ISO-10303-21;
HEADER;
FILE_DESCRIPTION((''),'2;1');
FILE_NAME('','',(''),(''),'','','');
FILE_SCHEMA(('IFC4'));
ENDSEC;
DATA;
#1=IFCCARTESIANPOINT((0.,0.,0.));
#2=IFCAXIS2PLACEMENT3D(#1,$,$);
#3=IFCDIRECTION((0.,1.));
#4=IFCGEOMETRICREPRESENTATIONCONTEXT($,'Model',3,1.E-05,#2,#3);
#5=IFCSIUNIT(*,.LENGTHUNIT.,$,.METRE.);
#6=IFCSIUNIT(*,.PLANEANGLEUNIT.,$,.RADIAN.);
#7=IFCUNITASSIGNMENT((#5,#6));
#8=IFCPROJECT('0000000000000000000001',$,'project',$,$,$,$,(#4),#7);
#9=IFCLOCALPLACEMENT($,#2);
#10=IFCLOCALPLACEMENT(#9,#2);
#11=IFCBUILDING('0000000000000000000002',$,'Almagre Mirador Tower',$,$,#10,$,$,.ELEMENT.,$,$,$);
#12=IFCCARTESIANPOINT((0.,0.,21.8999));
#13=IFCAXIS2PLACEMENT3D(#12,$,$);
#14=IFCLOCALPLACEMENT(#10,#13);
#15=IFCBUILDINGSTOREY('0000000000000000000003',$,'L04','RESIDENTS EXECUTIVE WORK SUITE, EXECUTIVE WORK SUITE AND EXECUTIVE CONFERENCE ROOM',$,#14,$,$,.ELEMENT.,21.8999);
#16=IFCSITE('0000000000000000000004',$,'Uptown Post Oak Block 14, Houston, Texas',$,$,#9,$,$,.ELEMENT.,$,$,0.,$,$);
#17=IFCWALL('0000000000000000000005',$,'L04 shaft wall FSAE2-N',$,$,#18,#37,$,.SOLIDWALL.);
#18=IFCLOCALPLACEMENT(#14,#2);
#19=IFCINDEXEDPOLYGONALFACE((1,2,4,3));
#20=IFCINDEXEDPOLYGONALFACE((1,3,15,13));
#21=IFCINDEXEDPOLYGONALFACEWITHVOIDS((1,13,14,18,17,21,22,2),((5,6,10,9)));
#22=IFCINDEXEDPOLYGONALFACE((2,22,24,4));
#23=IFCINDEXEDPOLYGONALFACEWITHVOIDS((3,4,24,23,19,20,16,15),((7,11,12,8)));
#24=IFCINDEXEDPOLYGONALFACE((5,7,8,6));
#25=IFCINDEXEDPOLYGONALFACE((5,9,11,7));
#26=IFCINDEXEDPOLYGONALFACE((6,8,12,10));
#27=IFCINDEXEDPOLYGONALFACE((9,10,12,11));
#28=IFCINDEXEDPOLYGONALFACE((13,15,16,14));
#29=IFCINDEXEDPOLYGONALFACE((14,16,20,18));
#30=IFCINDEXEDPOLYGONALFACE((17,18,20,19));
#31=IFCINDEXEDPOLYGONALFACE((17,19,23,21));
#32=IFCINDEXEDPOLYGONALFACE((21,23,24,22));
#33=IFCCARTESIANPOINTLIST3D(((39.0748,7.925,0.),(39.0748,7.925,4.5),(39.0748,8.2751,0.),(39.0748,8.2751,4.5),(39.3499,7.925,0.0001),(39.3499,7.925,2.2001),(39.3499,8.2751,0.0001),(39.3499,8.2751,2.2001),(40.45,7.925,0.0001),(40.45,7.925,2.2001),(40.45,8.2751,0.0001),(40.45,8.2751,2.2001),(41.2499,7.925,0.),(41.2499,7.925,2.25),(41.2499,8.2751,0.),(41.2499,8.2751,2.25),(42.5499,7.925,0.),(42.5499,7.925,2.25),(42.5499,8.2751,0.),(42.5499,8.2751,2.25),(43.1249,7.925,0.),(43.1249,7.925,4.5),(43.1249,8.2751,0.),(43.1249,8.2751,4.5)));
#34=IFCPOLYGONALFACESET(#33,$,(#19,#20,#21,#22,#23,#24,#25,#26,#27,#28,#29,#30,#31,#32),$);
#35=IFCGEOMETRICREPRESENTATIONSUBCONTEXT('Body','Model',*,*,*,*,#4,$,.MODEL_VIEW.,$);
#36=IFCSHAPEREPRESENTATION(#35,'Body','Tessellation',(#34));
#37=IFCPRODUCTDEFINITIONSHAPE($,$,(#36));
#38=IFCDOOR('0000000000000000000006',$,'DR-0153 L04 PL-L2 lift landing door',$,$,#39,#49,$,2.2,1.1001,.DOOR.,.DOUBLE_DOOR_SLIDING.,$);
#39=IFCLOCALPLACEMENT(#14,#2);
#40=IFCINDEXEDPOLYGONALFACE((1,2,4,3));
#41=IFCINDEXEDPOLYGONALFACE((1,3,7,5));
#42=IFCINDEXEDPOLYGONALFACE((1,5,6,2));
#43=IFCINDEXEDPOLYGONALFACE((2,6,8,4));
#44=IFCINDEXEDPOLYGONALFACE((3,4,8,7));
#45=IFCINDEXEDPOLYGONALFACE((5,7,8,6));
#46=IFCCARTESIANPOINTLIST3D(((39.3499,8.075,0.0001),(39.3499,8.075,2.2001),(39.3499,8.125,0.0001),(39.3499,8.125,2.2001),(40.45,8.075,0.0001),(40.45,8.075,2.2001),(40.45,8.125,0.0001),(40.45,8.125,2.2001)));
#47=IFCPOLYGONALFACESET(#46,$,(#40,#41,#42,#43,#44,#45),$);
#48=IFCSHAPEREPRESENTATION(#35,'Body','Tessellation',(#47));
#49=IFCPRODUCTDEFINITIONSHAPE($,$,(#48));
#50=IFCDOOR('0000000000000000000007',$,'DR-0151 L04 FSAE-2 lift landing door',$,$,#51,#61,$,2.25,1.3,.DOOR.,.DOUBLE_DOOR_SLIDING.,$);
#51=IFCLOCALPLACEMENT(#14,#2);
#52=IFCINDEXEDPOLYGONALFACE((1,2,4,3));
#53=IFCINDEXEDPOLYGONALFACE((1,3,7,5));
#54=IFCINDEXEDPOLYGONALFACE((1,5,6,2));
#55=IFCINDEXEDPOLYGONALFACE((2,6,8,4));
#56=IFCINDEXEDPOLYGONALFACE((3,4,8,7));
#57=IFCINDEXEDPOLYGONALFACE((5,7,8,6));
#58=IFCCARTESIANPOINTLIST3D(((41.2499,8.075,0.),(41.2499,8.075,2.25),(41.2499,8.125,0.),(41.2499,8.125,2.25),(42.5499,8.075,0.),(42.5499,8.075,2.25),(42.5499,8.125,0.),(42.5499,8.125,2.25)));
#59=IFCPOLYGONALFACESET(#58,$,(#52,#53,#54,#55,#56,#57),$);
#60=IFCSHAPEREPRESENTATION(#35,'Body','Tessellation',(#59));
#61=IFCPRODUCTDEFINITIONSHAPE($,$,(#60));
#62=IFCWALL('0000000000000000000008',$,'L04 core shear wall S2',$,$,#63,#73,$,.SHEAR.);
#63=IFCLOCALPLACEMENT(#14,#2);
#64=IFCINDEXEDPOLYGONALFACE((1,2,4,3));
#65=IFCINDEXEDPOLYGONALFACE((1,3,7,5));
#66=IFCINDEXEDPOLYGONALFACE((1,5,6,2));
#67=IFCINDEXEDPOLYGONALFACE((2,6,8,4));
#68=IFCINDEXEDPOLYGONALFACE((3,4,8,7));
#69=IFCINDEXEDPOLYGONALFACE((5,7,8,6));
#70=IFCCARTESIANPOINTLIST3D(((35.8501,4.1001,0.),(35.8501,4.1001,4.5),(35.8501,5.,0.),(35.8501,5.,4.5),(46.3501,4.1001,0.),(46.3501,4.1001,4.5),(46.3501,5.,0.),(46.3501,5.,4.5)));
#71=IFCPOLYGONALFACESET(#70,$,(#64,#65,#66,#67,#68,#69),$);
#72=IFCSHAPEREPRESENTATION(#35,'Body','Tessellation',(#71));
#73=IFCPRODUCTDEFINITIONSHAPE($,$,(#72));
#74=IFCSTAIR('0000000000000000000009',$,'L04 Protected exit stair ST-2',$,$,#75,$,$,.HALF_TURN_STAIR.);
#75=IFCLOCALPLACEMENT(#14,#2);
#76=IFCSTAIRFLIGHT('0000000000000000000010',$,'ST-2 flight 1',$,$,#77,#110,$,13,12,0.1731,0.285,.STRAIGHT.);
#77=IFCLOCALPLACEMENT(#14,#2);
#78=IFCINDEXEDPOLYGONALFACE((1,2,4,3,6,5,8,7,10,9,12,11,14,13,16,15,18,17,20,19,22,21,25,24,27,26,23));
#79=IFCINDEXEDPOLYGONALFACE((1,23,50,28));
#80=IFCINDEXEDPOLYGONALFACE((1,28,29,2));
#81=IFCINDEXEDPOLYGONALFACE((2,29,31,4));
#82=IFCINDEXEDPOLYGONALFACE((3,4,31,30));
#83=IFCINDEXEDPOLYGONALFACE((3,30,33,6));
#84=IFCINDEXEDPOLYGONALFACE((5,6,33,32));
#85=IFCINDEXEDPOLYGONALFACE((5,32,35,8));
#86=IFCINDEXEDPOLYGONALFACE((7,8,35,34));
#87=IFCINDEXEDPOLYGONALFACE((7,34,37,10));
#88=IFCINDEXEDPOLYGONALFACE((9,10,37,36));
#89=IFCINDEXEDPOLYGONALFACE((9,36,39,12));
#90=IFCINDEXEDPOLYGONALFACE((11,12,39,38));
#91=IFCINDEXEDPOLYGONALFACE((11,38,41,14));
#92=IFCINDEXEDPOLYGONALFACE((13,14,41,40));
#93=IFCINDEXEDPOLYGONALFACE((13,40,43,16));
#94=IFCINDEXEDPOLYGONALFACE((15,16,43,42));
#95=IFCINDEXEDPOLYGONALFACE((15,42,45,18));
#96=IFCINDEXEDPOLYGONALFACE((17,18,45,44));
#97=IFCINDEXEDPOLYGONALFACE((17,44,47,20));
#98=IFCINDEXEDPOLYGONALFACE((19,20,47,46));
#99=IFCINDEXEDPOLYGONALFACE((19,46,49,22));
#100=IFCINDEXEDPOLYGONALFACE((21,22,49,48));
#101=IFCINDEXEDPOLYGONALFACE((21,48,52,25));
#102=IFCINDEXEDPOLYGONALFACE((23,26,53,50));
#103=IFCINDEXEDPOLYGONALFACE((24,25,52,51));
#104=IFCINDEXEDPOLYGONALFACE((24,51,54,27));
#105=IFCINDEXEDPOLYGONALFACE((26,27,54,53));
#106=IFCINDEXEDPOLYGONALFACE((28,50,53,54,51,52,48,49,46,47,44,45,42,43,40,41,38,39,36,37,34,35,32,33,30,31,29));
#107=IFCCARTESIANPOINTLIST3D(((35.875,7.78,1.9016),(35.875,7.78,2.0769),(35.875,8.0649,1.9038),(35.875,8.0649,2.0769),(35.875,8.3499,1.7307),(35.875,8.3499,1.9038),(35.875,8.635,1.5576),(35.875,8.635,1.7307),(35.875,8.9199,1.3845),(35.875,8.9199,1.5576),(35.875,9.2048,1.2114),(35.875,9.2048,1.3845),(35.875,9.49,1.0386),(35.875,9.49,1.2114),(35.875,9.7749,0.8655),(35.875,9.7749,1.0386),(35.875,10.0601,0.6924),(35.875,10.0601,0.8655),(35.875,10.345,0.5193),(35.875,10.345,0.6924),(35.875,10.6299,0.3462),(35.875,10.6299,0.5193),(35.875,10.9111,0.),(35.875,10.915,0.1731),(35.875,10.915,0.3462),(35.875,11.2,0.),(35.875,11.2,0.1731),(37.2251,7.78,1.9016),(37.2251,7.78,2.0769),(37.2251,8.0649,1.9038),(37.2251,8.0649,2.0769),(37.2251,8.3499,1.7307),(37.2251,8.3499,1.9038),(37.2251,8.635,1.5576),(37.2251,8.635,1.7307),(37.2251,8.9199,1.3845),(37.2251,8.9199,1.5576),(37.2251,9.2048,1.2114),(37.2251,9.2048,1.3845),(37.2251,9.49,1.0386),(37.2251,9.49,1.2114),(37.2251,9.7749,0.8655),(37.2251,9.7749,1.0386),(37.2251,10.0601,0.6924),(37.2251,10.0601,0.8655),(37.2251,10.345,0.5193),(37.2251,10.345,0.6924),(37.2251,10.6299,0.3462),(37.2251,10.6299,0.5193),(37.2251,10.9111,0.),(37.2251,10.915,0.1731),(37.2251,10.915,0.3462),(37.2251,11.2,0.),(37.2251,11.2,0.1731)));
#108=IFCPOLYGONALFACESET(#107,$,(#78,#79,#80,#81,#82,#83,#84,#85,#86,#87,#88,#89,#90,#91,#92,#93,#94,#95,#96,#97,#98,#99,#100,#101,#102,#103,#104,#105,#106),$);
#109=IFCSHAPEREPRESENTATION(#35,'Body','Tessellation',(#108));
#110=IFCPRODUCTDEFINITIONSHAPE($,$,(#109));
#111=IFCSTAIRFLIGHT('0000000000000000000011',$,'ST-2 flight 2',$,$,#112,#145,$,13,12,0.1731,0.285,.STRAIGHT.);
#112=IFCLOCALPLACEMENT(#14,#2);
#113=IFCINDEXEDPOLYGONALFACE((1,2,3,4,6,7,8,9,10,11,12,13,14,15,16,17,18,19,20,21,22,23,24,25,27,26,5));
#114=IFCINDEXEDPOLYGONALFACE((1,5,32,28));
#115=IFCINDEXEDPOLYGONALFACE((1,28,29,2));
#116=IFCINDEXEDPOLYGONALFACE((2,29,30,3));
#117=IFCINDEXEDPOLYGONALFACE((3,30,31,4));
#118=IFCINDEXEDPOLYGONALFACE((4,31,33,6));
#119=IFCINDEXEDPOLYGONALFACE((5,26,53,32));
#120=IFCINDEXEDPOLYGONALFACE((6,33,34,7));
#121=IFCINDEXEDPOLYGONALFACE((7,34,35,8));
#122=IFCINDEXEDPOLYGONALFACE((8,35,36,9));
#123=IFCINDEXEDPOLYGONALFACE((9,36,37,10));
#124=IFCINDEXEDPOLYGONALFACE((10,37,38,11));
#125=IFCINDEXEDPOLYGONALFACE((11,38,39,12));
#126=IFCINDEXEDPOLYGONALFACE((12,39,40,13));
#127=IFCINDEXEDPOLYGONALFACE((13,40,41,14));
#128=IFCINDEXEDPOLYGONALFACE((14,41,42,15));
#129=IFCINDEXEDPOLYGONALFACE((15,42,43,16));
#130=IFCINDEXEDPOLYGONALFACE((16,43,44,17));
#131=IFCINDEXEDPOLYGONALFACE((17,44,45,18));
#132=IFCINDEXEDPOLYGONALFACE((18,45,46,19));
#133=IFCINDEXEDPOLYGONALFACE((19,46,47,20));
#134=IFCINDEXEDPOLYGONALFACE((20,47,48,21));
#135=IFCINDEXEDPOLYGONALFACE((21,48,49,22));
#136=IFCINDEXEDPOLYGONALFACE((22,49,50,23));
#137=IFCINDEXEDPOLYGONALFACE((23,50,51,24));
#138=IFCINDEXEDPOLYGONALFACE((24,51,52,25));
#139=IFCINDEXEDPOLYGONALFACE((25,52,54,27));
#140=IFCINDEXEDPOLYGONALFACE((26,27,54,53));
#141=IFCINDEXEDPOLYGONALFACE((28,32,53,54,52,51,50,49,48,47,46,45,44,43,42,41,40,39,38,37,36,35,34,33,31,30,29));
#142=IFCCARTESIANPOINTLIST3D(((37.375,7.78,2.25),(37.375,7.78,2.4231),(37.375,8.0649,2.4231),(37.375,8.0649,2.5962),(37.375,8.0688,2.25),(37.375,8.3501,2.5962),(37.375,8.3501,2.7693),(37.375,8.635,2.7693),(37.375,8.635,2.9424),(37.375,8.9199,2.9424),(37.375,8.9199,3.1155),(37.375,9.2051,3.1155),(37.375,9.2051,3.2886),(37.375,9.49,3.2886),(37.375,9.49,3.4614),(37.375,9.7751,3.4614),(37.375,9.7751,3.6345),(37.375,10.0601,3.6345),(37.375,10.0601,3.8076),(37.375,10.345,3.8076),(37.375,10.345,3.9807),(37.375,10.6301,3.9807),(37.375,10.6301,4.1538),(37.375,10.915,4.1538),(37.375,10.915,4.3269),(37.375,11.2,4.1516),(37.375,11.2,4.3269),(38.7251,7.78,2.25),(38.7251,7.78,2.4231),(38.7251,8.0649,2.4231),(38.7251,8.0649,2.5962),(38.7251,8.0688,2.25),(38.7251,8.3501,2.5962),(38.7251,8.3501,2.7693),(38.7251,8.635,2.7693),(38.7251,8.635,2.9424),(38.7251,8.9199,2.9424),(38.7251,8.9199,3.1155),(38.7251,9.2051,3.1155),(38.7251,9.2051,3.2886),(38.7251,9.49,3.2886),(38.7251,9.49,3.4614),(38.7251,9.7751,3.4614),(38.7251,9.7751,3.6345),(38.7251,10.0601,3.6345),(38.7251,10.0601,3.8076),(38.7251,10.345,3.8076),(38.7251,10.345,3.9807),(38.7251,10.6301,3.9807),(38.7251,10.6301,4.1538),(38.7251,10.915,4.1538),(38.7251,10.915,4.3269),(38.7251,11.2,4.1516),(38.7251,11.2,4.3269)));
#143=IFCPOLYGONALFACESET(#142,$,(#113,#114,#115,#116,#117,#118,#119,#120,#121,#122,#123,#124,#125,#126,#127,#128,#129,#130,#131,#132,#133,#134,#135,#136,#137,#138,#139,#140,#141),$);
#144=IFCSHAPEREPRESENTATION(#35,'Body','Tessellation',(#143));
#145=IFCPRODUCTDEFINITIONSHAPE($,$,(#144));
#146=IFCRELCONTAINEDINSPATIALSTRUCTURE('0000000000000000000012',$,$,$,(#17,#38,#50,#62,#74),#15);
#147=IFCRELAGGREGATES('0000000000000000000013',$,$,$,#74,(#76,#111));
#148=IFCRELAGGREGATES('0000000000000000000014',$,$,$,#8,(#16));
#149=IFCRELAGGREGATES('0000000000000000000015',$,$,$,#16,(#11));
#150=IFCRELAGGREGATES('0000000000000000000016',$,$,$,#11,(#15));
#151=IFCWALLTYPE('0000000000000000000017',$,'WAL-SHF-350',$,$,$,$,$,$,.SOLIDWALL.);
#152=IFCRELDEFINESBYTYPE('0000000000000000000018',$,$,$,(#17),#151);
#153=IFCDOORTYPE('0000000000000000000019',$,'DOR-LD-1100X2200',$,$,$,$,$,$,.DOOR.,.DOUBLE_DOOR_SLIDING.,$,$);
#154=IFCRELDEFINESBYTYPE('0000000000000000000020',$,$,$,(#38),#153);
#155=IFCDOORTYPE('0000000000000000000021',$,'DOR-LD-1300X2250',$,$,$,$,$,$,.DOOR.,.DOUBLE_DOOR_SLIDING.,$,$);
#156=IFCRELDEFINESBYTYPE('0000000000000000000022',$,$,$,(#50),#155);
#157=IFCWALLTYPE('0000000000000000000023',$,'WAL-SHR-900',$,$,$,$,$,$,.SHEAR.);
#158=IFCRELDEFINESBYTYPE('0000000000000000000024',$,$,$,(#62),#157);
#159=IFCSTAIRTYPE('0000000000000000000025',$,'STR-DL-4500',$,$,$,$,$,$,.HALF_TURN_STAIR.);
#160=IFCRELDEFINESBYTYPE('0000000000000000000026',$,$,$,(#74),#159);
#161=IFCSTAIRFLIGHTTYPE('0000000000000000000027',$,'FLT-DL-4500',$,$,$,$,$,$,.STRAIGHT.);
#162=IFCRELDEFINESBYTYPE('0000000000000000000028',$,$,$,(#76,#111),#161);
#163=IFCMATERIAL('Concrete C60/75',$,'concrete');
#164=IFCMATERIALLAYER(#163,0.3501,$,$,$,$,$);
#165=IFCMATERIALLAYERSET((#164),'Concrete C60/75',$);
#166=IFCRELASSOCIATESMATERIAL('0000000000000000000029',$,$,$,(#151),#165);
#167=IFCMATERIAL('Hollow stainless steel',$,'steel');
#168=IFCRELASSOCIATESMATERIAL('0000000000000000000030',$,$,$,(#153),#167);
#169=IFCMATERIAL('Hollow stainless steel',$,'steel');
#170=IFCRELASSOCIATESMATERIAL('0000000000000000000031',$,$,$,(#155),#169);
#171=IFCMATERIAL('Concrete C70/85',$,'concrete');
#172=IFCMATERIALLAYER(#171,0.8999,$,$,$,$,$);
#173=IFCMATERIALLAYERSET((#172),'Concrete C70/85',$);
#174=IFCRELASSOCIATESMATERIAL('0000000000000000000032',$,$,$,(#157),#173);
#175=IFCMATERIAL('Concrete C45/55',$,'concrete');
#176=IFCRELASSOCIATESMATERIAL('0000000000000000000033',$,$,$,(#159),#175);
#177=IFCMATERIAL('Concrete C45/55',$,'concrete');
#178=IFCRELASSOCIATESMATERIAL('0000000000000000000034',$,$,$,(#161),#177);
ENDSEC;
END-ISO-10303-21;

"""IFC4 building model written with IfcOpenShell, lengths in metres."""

from ifc_helpers import new_model, si_unit, direction, frame, frame_2d, origin, place, context, subcontext, project, spatial, polyline, rectangle, outline, extrude, material, layer, layer_set, type_object, element, fill, aggregate, save


model = new_model("IFC4")

# Units and contexts
model_context = context("Model", 3, precision=1e-05, world=origin(), true_north=direction((0.0, 1.0)))
body_context = subcontext(model_context, "Body", "Model", "MODEL_VIEW")
ifc_project = project(units=[si_unit("LENGTHUNIT", "METRE"), si_unit("PLANEANGLEUNIT", "RADIAN")], contexts=[model_context])

# Site, building, storey
site_placement = place(None, origin())
site = spatial("IfcSite", under=ifc_project, at=site_placement, Name="Uptown Post Oak Block 14, Houston, Texas", CompositionType="ELEMENT", RefElevation=0.0)
building_placement = place(site_placement, origin())
building = spatial("IfcBuilding", under=site, at=building_placement, Name="Almagre Mirador Tower", CompositionType="ELEMENT")
storey_placement = place(building_placement, frame((0.0, 0.0, 21.8999)))
storey = spatial("IfcBuildingStorey", under=building, at=storey_placement, Name="L04", Description="RESIDENTS EXECUTIVE WORK SUITE, EXECUTIVE WORK SUITE AND EXECUTIVE CONFERENCE ROOM", CompositionType="ELEMENT", Elevation=21.8999)

# Shared definitions
ifc_material_1 = material(Name="Concrete C60/75", Category="concrete")
ifc_layer_1 = layer(ifc_material_1, 0.3501)
ifc_layer_set_1 = layer_set([ifc_layer_1], Name="Concrete C60/75")
wall_type_1 = type_object("IfcWallType", Name="WAL-SHF-350", PredefinedType="SOLIDWALL", material=ifc_layer_set_1)

# Wall, openings, doors
wall_1_placement = place(storey_placement, frame((39.075, 8.1001, 0.0), z_axis=(0.0, 0.0, 1.0), x_axis=(1.0, 0.0, 0.0)))
wall_1 = element("IfcWall", 1, at=wall_1_placement, inside=storey, type_object=wall_type_1, Name="L04 shaft wall FSAE2-N", PredefinedType="SOLIDWALL", context=body_context, shape_type="SweptSolid", body=[
    extrude(rectangle(XDim=4.05, YDim=0.3501, at=frame_2d((2.0249, 0.0))), origin(), (0.0, 0.0, 1.0), 4.5),
])
opening_1_placement = place(wall_1_placement, frame((2.175, 0.0, 0.0)))
opening_1 = element("IfcOpeningElement", 2, at=opening_1_placement, cuts=wall_1, PredefinedType="OPENING", context=body_context, shape_type="SweptSolid", body=[
    extrude(rectangle(XDim=1.3, YDim=2.25, at=frame_2d((0.6499, 1.125))), frame((0.0, 0.185, 0.0), z_axis=(0.0, -1.0, 0.0), x_axis=(1.0, 0.0, 0.0)), (0.0, 0.0, 1.0), 0.3701),
])
opening_2_placement = place(wall_1_placement, frame((0.2749, 0.0, 0.0)))
opening_2 = element("IfcOpeningElement", 3, at=opening_2_placement, cuts=wall_1, PredefinedType="OPENING", context=body_context, shape_type="SweptSolid", body=[
    extrude(rectangle(XDim=1.1001, YDim=2.2, at=frame_2d((0.55, 1.1001))), frame((0.0, 0.185, 0.0), z_axis=(0.0, -1.0, 0.0), x_axis=(1.0, 0.0, 0.0)), (0.0, 0.0, 1.0), 0.3701),
])
ifc_material_2 = material(Name="Hollow stainless steel", Category="steel")
door_type_1 = type_object("IfcDoorType", Name="DOR-LD-1100X2200", OperationType="DOUBLE_DOOR_SLIDING", PredefinedType="DOOR", material=ifc_material_2)
door_1_placement = place(opening_2_placement, origin())
door_1 = element("IfcDoor", 4, at=door_1_placement, inside=storey, type_object=door_type_1, Name="DR-0153 L04 PL-L2 lift landing door", OperationType="DOUBLE_DOOR_SLIDING", OverallHeight=2.2, OverallWidth=1.1001, PredefinedType="DOOR", context=body_context, shape_type="SweptSolid", body=[
    extrude(rectangle(XDim=1.1001, YDim=2.2, at=frame_2d((0.55, 1.1001))), frame((0.0, 0.0249, 0.0), z_axis=(0.0, -1.0, 0.0), x_axis=(1.0, 0.0, 0.0)), (0.0, 0.0, 1.0), 0.05),
])
fill(opening_2, door_1)
ifc_material_3 = material(Name="Hollow stainless steel", Category="steel")
door_type_2 = type_object("IfcDoorType", Name="DOR-LD-1300X2250", OperationType="DOUBLE_DOOR_SLIDING", PredefinedType="DOOR", material=ifc_material_3)
door_2_placement = place(opening_1_placement, origin())
door_2 = element("IfcDoor", 5, at=door_2_placement, inside=storey, type_object=door_type_2, Name="DR-0151 L04 FSAE-2 lift landing door", OperationType="DOUBLE_DOOR_SLIDING", OverallHeight=2.25, OverallWidth=1.3, PredefinedType="DOOR", context=body_context, shape_type="SweptSolid", body=[
    extrude(rectangle(XDim=1.3, YDim=2.25, at=frame_2d((0.6499, 1.125))), frame((0.0, 0.0249, 0.0), z_axis=(0.0, -1.0, 0.0), x_axis=(1.0, 0.0, 0.0)), (0.0, 0.0, 1.0), 0.05),
])
fill(opening_1, door_2)

# Wall
ifc_material_4 = material(Name="Concrete C70/85", Category="concrete")
ifc_layer_2 = layer(ifc_material_4, 0.8999)
ifc_layer_set_2 = layer_set([ifc_layer_2], Name="Concrete C70/85")
wall_type_2 = type_object("IfcWallType", Name="WAL-SHR-900", PredefinedType="SHEAR", material=ifc_layer_set_2)
wall_2_placement = place(storey_placement, frame((35.8501, 4.55, 0.0), z_axis=(0.0, 0.0, 1.0), x_axis=(1.0, 0.0, 0.0)))
element("IfcWall", 6, at=wall_2_placement, inside=storey, type_object=wall_type_2, Name="L04 core shear wall S2", PredefinedType="SHEAR", context=body_context, shape_type="SweptSolid", body=[
    extrude(rectangle(XDim=10.5, YDim=0.8999, at=frame_2d((5.25, 0.0))), origin(), (0.0, 0.0, 1.0), 4.5),
])

# Stair, stair flights
ifc_material_5 = material(Name="Concrete C45/55", Category="concrete")
stair_type = type_object("IfcStairType", Name="STR-DL-4500", PredefinedType="HALF_TURN_STAIR", material=ifc_material_5)
stair_placement = place(storey_placement, origin())
stair = element("IfcStair", 7, at=stair_placement, inside=storey, type_object=stair_type, Name="L04 Protected exit stair ST-2", PredefinedType="HALF_TURN_STAIR")
ifc_material_6 = material(Name="Concrete C45/55", Category="concrete")
stair_flight_type = type_object("IfcStairFlightType", Name="FLT-DL-4500", PredefinedType="STRAIGHT", material=ifc_material_6)
stair_flight_1_placement = place(storey_placement, frame((36.55, 11.2, 0.0), z_axis=(0.0, 0.0, 1.0), x_axis=(0.0, -1.0, 0.0)))
stair_flight_1 = element("IfcStairFlight", 8, at=stair_flight_1_placement, type_object=stair_flight_type, Name="ST-2 flight 1", NumberOfRisers=13, NumberOfTreads=12, PredefinedType="STRAIGHT", RiserHeight=0.1731, TreadLength=0.285, context=body_context, shape_type="SweptSolid", body=[
    extrude(outline(polyline([(0.0, 0.0), (0.0, 0.1731), (0.2849, 0.1731), (0.2849, 0.3462), (0.5701, 0.3462), (0.5701, 0.5193), (0.855, 0.5193), (0.855, 0.6924), (1.1399, 0.6924), (1.1399, 0.8655), (1.425, 0.8655), (1.425, 1.0386), (1.71, 1.0386), (1.71, 1.2114), (1.9951, 1.2114), (1.9951, 1.3845), (2.28, 1.3845), (2.28, 1.5576), (2.5649, 1.5576), (2.5649, 1.7307), (2.8501, 1.7307), (2.8501, 1.9038), (3.135, 1.9038), (3.135, 2.0769), (3.4199, 2.0769), (3.4199, 2.25), (3.4199, 1.9016), (0.2888, 0.0), (0.0, 0.0)])), frame((0.0, 0.675, 0.0), z_axis=(0.0, -1.0, 0.0), x_axis=(1.0, 0.0, 0.0)), (0.0, 0.0, 1.0), 1.3501),
])
stair_flight_2_placement = place(storey_placement, frame((38.05, 7.78, 2.25), z_axis=(0.0, 0.0, 1.0), x_axis=(0.0, 1.0, 0.0)))
stair_flight_2 = element("IfcStairFlight", 9, at=stair_flight_2_placement, type_object=stair_flight_type, Name="ST-2 flight 2", NumberOfRisers=13, NumberOfTreads=12, PredefinedType="STRAIGHT", RiserHeight=0.1731, TreadLength=0.285, context=body_context, shape_type="SweptSolid", body=[
    extrude(outline(polyline([(0.0, 0.0), (0.0, 0.1731), (0.2849, 0.1731), (0.2849, 0.3462), (0.5701, 0.3462), (0.5701, 0.5193), (0.855, 0.5193), (0.855, 0.6924), (1.1399, 0.6924), (1.1399, 0.8655), (1.425, 0.8655), (1.425, 1.0386), (1.71, 1.0386), (1.71, 1.2114), (1.9951, 1.2114), (1.9951, 1.3845), (2.28, 1.3845), (2.28, 1.5576), (2.5649, 1.5576), (2.5649, 1.7307), (2.8501, 1.7307), (2.8501, 1.9038), (3.135, 1.9038), (3.135, 2.0769), (3.4199, 2.0769), (3.4199, 2.25), (3.4199, 1.9016), (0.2888, 0.0), (0.0, 0.0)])), frame((0.0, 0.675, 0.0), z_axis=(0.0, -1.0, 0.0), x_axis=(1.0, 0.0, 0.0)), (0.0, 0.0, 1.0), 1.3501),
])
aggregate(stair, [stair_flight_1, stair_flight_2])

save(model, "model.ifc")
